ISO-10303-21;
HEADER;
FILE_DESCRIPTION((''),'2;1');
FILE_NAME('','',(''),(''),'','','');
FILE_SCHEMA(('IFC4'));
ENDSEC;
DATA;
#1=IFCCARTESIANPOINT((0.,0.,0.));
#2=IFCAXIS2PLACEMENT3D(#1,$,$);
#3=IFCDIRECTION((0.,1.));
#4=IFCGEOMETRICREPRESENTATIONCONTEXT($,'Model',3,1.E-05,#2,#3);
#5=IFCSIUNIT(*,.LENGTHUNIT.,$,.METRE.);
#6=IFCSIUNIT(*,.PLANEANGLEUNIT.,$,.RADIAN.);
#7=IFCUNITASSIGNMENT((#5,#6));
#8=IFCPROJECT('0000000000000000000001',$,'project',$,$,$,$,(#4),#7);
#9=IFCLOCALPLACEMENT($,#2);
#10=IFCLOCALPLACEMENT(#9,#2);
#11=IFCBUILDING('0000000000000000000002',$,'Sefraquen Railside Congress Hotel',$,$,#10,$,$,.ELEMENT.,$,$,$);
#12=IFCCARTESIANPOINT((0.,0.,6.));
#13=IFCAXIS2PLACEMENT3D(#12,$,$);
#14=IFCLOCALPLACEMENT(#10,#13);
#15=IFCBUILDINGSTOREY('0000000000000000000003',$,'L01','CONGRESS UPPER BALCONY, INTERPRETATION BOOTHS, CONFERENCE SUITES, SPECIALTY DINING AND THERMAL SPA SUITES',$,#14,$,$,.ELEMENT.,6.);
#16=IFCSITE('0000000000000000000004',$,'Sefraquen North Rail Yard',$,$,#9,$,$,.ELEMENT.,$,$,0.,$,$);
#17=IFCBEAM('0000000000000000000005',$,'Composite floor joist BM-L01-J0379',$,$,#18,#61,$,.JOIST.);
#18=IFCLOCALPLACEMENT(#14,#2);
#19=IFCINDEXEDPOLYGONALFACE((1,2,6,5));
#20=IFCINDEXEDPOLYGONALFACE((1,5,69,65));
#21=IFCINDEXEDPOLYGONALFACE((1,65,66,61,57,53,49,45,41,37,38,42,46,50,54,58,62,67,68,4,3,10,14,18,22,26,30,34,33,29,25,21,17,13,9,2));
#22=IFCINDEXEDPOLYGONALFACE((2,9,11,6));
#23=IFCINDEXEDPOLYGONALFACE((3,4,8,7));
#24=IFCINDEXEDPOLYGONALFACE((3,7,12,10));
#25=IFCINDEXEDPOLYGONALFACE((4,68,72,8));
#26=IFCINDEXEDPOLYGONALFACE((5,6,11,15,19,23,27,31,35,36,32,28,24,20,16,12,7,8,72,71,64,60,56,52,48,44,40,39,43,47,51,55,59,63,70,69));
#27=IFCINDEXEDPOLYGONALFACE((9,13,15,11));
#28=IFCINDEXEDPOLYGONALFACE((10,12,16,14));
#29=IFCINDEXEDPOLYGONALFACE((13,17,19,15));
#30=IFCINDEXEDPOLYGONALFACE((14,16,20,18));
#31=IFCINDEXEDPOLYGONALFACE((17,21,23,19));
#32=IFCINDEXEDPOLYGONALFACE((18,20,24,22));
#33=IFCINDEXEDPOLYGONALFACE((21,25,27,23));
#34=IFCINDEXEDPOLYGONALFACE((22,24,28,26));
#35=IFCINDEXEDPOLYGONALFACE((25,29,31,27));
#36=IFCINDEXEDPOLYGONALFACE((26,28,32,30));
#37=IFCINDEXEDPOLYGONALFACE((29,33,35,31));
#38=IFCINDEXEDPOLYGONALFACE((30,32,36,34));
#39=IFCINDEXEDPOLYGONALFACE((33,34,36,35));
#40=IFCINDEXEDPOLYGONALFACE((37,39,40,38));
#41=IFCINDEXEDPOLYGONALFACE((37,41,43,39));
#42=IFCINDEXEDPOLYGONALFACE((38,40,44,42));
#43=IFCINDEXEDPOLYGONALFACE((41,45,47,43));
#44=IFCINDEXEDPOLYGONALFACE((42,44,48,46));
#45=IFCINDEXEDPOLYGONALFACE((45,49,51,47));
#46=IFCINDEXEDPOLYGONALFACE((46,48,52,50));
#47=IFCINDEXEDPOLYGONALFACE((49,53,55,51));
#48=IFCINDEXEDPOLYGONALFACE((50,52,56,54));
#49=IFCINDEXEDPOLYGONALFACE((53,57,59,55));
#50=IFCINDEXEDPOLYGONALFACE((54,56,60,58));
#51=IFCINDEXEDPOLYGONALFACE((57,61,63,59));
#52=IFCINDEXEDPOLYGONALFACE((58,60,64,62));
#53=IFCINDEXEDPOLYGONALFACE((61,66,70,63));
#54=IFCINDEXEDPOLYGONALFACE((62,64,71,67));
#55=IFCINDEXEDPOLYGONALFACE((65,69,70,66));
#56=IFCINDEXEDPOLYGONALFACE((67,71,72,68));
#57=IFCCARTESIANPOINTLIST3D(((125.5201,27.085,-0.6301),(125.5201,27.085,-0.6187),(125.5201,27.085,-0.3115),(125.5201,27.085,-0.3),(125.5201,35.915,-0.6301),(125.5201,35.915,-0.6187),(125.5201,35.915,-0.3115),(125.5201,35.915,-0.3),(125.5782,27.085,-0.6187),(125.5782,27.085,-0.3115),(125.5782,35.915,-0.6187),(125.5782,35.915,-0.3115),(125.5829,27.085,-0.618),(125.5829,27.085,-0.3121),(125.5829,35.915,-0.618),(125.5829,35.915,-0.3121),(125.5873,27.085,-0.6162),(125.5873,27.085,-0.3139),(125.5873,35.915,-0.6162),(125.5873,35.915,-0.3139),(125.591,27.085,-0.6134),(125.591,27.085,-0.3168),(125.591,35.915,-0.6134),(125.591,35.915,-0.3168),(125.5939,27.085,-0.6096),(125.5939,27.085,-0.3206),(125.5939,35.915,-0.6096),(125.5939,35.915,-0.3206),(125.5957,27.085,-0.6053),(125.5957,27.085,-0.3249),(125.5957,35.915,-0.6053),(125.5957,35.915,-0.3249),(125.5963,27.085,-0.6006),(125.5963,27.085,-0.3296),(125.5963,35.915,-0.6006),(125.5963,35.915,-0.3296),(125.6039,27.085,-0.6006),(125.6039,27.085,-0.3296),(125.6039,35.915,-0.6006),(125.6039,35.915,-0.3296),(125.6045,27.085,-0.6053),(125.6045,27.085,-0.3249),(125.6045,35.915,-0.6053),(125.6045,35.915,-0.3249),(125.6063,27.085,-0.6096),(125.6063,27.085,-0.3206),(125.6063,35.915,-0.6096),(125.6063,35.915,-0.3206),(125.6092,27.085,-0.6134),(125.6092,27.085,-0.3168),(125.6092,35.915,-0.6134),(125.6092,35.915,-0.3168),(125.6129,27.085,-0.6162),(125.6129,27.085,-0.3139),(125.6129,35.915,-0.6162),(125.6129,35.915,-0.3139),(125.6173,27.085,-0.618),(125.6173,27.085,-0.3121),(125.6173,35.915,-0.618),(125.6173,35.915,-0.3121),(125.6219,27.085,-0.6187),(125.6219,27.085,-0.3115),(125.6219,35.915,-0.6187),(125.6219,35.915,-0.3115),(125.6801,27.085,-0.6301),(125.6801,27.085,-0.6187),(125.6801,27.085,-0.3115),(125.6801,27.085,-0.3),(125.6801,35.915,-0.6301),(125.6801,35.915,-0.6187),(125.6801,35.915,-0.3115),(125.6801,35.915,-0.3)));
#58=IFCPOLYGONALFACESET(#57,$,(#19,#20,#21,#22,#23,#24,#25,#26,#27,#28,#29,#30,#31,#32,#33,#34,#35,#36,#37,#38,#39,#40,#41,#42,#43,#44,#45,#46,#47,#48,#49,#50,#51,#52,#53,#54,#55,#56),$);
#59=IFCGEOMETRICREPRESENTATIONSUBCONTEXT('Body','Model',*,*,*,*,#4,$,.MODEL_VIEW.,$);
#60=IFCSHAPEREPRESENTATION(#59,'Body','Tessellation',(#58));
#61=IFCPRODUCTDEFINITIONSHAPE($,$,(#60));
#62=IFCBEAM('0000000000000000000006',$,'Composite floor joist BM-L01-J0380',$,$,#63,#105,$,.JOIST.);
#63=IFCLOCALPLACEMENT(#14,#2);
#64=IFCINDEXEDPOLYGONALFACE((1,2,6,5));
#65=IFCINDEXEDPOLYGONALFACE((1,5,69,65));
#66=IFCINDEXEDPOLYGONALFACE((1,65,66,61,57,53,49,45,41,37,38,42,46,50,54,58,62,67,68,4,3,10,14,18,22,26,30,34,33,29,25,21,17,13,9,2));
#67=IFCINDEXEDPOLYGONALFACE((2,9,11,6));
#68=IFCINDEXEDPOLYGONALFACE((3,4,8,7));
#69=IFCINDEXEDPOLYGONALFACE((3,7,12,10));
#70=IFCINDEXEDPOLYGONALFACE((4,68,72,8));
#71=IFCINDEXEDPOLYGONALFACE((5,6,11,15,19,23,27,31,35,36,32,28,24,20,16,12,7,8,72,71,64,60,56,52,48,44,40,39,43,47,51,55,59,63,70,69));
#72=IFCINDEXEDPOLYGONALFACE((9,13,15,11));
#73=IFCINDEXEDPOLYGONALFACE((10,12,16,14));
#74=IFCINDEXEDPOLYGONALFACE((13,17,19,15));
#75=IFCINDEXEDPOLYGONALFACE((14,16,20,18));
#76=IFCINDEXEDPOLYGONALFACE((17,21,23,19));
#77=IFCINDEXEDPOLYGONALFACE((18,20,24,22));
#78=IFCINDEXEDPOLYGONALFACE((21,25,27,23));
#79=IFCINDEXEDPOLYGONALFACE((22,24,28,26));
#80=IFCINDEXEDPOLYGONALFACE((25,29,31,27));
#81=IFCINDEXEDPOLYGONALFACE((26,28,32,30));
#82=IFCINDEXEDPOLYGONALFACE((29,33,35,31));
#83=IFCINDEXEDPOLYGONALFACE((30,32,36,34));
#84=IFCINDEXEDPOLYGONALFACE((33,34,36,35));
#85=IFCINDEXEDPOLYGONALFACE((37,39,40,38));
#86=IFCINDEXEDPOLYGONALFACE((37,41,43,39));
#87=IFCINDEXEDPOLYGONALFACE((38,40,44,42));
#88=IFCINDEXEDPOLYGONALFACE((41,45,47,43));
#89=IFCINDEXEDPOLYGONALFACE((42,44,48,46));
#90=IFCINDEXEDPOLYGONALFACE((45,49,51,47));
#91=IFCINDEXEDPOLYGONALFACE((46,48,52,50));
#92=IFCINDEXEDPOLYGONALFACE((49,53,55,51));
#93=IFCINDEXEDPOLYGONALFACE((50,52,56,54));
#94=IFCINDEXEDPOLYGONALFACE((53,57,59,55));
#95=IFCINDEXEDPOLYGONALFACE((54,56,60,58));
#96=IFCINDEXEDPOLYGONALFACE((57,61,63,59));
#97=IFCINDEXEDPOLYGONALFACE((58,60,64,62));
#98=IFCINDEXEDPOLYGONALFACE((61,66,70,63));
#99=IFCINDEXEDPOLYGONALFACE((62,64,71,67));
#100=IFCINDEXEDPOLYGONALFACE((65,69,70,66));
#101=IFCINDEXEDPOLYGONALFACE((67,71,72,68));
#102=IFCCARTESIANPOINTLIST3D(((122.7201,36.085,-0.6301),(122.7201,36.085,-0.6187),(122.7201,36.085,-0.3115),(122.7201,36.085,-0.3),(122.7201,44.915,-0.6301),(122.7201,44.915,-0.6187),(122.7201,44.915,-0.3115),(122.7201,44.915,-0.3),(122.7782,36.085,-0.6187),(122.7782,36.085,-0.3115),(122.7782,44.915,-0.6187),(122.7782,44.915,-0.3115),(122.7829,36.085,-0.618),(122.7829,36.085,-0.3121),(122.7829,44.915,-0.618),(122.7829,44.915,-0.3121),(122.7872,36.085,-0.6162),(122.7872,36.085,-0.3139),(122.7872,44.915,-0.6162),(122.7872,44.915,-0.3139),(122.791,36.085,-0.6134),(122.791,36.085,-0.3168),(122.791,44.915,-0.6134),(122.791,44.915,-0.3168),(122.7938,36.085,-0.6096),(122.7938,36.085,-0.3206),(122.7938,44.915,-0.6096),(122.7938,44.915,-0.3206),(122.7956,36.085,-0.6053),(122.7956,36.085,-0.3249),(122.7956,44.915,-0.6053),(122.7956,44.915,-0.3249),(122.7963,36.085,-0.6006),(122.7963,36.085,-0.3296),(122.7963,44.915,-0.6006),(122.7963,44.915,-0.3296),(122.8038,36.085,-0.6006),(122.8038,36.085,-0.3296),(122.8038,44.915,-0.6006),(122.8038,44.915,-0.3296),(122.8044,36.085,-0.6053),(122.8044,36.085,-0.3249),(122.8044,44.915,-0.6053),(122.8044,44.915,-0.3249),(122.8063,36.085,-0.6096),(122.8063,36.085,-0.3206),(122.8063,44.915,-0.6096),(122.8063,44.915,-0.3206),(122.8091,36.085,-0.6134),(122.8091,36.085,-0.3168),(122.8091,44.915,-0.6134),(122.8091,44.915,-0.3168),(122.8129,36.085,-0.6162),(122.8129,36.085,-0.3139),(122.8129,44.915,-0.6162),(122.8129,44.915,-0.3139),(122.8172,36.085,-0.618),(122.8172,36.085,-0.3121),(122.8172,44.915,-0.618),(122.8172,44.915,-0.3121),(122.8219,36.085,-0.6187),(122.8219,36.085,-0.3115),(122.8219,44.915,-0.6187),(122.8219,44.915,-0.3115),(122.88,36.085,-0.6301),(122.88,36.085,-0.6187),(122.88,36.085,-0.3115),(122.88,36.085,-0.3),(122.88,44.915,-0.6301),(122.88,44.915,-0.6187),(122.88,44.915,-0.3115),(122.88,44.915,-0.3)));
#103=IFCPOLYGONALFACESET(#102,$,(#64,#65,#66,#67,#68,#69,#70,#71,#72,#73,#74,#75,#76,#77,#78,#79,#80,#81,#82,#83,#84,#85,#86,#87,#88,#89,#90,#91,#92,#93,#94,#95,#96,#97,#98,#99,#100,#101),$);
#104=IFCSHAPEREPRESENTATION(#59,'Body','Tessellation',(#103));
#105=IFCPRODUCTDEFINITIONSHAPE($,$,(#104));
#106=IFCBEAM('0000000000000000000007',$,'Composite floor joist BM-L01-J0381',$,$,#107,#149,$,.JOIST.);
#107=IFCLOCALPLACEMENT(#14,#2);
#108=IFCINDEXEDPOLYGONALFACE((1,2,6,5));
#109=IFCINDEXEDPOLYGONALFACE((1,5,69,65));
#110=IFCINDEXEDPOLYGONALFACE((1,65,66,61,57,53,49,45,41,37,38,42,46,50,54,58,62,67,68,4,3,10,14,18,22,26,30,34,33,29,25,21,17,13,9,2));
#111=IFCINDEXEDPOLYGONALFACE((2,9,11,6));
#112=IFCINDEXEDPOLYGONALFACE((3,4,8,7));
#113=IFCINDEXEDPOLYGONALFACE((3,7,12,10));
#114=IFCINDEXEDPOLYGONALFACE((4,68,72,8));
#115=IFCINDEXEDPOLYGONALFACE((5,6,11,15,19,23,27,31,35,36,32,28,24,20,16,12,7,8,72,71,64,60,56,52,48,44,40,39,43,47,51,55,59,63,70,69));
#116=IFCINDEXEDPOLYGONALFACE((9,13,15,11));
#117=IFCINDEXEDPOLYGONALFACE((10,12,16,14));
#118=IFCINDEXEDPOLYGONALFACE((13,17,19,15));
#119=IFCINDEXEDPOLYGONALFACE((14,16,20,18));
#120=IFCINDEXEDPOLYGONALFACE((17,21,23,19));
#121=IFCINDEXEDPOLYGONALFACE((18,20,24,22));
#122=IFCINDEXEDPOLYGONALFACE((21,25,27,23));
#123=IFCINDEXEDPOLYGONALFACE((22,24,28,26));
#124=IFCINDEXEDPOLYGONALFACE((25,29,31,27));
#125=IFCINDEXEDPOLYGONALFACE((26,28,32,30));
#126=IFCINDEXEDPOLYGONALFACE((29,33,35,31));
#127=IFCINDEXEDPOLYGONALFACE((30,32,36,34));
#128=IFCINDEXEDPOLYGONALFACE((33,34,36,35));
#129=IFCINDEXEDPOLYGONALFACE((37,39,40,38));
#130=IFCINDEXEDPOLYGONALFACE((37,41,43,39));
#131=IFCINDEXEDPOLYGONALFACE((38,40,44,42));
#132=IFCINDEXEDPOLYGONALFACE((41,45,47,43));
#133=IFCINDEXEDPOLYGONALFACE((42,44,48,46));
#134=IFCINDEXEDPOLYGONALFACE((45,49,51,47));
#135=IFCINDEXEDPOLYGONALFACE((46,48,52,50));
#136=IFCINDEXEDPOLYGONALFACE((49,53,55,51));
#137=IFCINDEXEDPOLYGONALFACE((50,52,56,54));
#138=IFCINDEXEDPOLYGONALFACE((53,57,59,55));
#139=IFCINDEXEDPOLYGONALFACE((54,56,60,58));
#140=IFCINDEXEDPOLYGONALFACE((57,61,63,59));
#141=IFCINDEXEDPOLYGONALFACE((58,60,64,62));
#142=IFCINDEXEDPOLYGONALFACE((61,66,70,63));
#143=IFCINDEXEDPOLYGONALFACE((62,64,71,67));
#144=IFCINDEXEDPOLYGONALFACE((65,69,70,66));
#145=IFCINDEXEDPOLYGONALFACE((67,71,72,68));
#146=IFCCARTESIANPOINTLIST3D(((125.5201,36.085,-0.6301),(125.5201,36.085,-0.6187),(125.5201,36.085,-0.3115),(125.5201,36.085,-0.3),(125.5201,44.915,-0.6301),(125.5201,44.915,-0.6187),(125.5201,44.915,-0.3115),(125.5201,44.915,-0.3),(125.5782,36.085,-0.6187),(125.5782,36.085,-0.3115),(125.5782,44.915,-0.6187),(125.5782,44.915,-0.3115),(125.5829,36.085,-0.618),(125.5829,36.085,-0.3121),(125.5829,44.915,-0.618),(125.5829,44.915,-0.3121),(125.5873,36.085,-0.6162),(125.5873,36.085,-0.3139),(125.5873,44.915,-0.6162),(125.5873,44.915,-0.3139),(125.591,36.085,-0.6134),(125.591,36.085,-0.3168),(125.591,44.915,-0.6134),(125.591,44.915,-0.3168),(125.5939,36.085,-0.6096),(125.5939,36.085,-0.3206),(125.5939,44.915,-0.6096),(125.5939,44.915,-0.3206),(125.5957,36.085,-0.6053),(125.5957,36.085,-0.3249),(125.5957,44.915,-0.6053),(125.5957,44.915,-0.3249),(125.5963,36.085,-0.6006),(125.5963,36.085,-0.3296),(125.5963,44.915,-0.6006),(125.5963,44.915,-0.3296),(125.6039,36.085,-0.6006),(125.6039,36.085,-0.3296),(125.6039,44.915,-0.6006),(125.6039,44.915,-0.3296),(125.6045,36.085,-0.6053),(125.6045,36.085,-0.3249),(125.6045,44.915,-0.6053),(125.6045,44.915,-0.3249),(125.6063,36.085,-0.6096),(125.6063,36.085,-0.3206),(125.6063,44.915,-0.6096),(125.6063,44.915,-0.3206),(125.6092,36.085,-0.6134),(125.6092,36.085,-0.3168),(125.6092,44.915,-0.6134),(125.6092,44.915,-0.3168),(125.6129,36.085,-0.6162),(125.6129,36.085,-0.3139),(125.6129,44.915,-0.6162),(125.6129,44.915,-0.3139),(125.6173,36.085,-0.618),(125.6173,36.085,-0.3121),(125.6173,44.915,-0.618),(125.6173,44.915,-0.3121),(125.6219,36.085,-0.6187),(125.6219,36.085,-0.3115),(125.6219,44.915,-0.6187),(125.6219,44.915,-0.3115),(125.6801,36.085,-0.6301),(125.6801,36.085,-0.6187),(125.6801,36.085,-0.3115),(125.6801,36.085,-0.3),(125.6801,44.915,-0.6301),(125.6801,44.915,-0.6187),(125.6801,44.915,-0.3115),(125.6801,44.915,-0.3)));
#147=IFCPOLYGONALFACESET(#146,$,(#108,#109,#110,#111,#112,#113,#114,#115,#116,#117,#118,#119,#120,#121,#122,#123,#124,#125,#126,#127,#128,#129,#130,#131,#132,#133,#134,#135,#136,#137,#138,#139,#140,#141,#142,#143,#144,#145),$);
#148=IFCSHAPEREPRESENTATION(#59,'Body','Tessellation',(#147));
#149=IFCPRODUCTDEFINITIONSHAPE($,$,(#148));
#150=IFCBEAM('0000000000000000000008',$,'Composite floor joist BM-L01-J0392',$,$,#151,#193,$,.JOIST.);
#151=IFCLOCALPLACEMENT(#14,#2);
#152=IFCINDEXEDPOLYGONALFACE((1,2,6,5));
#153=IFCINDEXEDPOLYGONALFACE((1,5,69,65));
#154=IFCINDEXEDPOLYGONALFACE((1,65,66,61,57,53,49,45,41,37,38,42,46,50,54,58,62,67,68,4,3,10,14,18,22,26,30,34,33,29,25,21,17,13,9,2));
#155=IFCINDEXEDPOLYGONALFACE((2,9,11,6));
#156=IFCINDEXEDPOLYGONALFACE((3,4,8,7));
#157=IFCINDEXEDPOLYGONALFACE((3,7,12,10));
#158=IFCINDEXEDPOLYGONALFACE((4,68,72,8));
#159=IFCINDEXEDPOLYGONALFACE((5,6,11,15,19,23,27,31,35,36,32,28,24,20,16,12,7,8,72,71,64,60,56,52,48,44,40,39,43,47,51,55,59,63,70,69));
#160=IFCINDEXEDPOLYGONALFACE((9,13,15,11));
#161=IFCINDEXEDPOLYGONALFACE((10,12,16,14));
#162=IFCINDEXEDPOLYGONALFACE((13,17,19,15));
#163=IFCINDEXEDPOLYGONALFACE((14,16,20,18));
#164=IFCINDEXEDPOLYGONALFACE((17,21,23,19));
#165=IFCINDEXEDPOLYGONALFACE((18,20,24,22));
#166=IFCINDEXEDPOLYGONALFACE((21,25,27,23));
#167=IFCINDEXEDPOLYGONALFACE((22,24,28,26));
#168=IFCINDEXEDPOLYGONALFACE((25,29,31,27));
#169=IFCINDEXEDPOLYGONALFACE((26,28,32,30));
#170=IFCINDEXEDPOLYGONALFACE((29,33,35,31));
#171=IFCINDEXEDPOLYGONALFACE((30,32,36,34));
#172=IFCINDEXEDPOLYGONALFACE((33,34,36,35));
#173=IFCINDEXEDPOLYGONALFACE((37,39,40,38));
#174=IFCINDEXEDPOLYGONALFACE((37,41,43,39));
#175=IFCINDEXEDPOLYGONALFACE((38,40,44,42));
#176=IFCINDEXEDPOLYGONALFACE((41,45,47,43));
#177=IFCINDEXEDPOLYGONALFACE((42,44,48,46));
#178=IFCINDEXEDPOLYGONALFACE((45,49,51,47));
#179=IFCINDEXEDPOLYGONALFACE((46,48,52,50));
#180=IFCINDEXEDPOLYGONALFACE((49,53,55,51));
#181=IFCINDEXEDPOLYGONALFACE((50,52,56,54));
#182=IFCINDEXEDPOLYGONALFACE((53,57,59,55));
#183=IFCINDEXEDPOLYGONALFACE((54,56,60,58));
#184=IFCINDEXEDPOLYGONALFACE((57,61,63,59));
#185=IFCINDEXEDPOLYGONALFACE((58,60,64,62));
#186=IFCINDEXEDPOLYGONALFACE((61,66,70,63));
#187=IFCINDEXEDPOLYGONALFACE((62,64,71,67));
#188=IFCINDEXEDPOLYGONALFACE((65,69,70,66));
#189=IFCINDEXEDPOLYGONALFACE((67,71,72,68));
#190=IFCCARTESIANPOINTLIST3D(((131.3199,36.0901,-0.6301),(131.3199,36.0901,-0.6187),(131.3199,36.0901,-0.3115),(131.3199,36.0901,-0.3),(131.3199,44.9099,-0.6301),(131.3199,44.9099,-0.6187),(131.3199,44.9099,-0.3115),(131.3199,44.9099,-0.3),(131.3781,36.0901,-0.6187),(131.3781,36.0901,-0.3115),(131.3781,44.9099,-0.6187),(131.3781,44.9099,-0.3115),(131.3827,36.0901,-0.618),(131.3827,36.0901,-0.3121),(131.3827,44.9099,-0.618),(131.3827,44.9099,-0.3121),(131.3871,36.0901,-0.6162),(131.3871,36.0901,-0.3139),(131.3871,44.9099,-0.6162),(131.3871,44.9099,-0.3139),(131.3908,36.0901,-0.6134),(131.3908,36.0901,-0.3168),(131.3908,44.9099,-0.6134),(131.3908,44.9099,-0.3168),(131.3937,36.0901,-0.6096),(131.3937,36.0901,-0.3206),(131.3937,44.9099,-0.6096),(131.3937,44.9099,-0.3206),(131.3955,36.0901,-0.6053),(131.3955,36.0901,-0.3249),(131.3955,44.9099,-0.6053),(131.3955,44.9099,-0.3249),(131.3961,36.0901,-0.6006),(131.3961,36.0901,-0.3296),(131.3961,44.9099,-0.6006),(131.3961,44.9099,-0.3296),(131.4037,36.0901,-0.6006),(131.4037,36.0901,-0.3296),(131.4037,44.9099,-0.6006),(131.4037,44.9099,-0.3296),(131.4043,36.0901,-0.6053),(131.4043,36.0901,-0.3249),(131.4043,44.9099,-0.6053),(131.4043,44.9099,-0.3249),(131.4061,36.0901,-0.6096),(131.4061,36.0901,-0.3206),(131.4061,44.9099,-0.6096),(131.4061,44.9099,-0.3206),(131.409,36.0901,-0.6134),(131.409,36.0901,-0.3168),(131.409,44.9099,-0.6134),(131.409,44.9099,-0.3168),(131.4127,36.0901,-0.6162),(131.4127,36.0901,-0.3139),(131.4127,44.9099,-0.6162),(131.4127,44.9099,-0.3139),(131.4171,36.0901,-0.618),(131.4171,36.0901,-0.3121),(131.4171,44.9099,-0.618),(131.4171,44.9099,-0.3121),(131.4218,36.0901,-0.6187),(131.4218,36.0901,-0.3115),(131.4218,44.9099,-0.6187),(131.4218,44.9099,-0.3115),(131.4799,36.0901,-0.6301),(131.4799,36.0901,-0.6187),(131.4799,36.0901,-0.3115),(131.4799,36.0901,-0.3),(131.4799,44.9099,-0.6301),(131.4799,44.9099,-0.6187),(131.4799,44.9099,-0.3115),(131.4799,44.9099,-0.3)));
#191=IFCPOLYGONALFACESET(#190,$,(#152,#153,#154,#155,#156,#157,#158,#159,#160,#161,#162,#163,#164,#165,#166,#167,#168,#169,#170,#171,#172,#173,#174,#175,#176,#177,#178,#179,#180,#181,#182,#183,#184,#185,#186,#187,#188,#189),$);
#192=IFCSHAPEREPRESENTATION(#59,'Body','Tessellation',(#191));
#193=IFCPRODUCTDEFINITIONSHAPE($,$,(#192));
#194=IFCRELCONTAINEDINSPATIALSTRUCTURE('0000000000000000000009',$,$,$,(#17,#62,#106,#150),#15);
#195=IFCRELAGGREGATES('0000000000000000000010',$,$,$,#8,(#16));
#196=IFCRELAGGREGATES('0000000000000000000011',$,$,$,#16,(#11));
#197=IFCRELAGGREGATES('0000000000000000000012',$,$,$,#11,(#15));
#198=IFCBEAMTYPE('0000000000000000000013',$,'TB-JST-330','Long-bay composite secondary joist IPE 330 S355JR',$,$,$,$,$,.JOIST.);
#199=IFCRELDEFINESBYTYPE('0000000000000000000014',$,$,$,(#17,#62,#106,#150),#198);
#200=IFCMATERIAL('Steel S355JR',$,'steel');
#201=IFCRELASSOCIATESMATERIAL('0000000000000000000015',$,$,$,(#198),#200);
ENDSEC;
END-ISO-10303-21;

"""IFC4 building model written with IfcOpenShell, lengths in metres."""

from ifc_helpers import new_model, si_unit, direction, frame, origin, origin_2d, place, context, subcontext, project, spatial, i_section, extrude, material, material_profile, profile_set, type_object, element, save


model = new_model("IFC4")

# Units and contexts
model_context = context("Model", 3, precision=1e-05, world=origin(), true_north=direction((0.0, 1.0)))
body_context = subcontext(model_context, "Body", "Model", "MODEL_VIEW")
ifc_project = project(units=[si_unit("LENGTHUNIT", "METRE"), si_unit("PLANEANGLEUNIT", "RADIAN")], contexts=[model_context])

# Site, building, storey
site_placement = place(None, origin())
site = spatial("IfcSite", under=ifc_project, at=site_placement, Name="Sefraquen North Rail Yard", CompositionType="ELEMENT", RefElevation=0.0)
building_placement = place(site_placement, origin())
building = spatial("IfcBuilding", under=site, at=building_placement, Name="Sefraquen Railside Congress Hotel", CompositionType="ELEMENT")
storey_placement = place(building_placement, frame((0.0, 0.0, 6.0)))
storey = spatial("IfcBuildingStorey", under=building, at=storey_placement, Name="L01", Description="CONGRESS UPPER BALCONY, INTERPRETATION BOOTHS, CONFERENCE SUITES, SPECIALTY DINING AND THERMAL SPA SUITES", CompositionType="ELEMENT", Elevation=6.0)

# Shared definitions
ifc_material_1 = material(Name="Steel S355JR", Category="steel")

# Beams
ifc_material_profile_1 = material_profile(ifc_material_1, i_section(OverallWidth=0.1599, OverallDepth=0.3301, WebThickness=0.0076, FlangeThickness=0.0115, FilletRadius=0.0181, at=origin_2d()), Name="IPE 330")
ifc_profile_set_1 = profile_set([ifc_material_profile_1], Name="Steel S355JR")
beam_type_1 = type_object("IfcBeamType", Name="TB-JST-330", Description="Long-bay composite secondary joist IPE 330 S355JR", PredefinedType="JOIST", material=ifc_profile_set_1)
for number, where, z_axis, x_axis, name in (
    (1, (125.6001, 27.085, -0.4651), (0.0, 1.0, 0.0), (-1.0, 0.0, 0.0), "Composite floor joist BM-L01-J0379"),
    (2, (122.8, 36.085, -0.4651), (0.0, 1.0, 0.0), (-1.0, 0.0, 0.0), "Composite floor joist BM-L01-J0380"),
    (3, (125.6001, 36.085, -0.4651), (0.0, 1.0, 0.0), (-1.0, 0.0, 0.0), "Composite floor joist BM-L01-J0381"),
):
    element("IfcBeam", number, at=place(storey_placement, frame(where, z_axis=z_axis, x_axis=x_axis)), inside=storey, type_object=beam_type_1, Name=name, PredefinedType="JOIST", context=body_context, shape_type="SweptSolid", body=[
        extrude(i_section(OverallWidth=0.1599, OverallDepth=0.3301, WebThickness=0.0076, FlangeThickness=0.0115, FilletRadius=0.0181, at=origin_2d()), origin(), (0.0, 0.0, 1.0), 8.8301),
    ])
for number, where, z_axis, x_axis, name in (
    (4, (131.3999, 36.0901, -0.4651), (0.0, 1.0, 0.0), (-1.0, 0.0, 0.0), "Composite floor joist BM-L01-J0392"),
):
    element("IfcBeam", number, at=place(storey_placement, frame(where, z_axis=z_axis, x_axis=x_axis)), inside=storey, type_object=beam_type_1, Name=name, PredefinedType="JOIST", context=body_context, shape_type="SweptSolid", body=[
        extrude(i_section(OverallWidth=0.1599, OverallDepth=0.3301, WebThickness=0.0076, FlangeThickness=0.0115, FilletRadius=0.0181, at=origin_2d()), origin(), (0.0, 0.0, 1.0), 8.8198),
    ])

save(model, "model.ifc")
